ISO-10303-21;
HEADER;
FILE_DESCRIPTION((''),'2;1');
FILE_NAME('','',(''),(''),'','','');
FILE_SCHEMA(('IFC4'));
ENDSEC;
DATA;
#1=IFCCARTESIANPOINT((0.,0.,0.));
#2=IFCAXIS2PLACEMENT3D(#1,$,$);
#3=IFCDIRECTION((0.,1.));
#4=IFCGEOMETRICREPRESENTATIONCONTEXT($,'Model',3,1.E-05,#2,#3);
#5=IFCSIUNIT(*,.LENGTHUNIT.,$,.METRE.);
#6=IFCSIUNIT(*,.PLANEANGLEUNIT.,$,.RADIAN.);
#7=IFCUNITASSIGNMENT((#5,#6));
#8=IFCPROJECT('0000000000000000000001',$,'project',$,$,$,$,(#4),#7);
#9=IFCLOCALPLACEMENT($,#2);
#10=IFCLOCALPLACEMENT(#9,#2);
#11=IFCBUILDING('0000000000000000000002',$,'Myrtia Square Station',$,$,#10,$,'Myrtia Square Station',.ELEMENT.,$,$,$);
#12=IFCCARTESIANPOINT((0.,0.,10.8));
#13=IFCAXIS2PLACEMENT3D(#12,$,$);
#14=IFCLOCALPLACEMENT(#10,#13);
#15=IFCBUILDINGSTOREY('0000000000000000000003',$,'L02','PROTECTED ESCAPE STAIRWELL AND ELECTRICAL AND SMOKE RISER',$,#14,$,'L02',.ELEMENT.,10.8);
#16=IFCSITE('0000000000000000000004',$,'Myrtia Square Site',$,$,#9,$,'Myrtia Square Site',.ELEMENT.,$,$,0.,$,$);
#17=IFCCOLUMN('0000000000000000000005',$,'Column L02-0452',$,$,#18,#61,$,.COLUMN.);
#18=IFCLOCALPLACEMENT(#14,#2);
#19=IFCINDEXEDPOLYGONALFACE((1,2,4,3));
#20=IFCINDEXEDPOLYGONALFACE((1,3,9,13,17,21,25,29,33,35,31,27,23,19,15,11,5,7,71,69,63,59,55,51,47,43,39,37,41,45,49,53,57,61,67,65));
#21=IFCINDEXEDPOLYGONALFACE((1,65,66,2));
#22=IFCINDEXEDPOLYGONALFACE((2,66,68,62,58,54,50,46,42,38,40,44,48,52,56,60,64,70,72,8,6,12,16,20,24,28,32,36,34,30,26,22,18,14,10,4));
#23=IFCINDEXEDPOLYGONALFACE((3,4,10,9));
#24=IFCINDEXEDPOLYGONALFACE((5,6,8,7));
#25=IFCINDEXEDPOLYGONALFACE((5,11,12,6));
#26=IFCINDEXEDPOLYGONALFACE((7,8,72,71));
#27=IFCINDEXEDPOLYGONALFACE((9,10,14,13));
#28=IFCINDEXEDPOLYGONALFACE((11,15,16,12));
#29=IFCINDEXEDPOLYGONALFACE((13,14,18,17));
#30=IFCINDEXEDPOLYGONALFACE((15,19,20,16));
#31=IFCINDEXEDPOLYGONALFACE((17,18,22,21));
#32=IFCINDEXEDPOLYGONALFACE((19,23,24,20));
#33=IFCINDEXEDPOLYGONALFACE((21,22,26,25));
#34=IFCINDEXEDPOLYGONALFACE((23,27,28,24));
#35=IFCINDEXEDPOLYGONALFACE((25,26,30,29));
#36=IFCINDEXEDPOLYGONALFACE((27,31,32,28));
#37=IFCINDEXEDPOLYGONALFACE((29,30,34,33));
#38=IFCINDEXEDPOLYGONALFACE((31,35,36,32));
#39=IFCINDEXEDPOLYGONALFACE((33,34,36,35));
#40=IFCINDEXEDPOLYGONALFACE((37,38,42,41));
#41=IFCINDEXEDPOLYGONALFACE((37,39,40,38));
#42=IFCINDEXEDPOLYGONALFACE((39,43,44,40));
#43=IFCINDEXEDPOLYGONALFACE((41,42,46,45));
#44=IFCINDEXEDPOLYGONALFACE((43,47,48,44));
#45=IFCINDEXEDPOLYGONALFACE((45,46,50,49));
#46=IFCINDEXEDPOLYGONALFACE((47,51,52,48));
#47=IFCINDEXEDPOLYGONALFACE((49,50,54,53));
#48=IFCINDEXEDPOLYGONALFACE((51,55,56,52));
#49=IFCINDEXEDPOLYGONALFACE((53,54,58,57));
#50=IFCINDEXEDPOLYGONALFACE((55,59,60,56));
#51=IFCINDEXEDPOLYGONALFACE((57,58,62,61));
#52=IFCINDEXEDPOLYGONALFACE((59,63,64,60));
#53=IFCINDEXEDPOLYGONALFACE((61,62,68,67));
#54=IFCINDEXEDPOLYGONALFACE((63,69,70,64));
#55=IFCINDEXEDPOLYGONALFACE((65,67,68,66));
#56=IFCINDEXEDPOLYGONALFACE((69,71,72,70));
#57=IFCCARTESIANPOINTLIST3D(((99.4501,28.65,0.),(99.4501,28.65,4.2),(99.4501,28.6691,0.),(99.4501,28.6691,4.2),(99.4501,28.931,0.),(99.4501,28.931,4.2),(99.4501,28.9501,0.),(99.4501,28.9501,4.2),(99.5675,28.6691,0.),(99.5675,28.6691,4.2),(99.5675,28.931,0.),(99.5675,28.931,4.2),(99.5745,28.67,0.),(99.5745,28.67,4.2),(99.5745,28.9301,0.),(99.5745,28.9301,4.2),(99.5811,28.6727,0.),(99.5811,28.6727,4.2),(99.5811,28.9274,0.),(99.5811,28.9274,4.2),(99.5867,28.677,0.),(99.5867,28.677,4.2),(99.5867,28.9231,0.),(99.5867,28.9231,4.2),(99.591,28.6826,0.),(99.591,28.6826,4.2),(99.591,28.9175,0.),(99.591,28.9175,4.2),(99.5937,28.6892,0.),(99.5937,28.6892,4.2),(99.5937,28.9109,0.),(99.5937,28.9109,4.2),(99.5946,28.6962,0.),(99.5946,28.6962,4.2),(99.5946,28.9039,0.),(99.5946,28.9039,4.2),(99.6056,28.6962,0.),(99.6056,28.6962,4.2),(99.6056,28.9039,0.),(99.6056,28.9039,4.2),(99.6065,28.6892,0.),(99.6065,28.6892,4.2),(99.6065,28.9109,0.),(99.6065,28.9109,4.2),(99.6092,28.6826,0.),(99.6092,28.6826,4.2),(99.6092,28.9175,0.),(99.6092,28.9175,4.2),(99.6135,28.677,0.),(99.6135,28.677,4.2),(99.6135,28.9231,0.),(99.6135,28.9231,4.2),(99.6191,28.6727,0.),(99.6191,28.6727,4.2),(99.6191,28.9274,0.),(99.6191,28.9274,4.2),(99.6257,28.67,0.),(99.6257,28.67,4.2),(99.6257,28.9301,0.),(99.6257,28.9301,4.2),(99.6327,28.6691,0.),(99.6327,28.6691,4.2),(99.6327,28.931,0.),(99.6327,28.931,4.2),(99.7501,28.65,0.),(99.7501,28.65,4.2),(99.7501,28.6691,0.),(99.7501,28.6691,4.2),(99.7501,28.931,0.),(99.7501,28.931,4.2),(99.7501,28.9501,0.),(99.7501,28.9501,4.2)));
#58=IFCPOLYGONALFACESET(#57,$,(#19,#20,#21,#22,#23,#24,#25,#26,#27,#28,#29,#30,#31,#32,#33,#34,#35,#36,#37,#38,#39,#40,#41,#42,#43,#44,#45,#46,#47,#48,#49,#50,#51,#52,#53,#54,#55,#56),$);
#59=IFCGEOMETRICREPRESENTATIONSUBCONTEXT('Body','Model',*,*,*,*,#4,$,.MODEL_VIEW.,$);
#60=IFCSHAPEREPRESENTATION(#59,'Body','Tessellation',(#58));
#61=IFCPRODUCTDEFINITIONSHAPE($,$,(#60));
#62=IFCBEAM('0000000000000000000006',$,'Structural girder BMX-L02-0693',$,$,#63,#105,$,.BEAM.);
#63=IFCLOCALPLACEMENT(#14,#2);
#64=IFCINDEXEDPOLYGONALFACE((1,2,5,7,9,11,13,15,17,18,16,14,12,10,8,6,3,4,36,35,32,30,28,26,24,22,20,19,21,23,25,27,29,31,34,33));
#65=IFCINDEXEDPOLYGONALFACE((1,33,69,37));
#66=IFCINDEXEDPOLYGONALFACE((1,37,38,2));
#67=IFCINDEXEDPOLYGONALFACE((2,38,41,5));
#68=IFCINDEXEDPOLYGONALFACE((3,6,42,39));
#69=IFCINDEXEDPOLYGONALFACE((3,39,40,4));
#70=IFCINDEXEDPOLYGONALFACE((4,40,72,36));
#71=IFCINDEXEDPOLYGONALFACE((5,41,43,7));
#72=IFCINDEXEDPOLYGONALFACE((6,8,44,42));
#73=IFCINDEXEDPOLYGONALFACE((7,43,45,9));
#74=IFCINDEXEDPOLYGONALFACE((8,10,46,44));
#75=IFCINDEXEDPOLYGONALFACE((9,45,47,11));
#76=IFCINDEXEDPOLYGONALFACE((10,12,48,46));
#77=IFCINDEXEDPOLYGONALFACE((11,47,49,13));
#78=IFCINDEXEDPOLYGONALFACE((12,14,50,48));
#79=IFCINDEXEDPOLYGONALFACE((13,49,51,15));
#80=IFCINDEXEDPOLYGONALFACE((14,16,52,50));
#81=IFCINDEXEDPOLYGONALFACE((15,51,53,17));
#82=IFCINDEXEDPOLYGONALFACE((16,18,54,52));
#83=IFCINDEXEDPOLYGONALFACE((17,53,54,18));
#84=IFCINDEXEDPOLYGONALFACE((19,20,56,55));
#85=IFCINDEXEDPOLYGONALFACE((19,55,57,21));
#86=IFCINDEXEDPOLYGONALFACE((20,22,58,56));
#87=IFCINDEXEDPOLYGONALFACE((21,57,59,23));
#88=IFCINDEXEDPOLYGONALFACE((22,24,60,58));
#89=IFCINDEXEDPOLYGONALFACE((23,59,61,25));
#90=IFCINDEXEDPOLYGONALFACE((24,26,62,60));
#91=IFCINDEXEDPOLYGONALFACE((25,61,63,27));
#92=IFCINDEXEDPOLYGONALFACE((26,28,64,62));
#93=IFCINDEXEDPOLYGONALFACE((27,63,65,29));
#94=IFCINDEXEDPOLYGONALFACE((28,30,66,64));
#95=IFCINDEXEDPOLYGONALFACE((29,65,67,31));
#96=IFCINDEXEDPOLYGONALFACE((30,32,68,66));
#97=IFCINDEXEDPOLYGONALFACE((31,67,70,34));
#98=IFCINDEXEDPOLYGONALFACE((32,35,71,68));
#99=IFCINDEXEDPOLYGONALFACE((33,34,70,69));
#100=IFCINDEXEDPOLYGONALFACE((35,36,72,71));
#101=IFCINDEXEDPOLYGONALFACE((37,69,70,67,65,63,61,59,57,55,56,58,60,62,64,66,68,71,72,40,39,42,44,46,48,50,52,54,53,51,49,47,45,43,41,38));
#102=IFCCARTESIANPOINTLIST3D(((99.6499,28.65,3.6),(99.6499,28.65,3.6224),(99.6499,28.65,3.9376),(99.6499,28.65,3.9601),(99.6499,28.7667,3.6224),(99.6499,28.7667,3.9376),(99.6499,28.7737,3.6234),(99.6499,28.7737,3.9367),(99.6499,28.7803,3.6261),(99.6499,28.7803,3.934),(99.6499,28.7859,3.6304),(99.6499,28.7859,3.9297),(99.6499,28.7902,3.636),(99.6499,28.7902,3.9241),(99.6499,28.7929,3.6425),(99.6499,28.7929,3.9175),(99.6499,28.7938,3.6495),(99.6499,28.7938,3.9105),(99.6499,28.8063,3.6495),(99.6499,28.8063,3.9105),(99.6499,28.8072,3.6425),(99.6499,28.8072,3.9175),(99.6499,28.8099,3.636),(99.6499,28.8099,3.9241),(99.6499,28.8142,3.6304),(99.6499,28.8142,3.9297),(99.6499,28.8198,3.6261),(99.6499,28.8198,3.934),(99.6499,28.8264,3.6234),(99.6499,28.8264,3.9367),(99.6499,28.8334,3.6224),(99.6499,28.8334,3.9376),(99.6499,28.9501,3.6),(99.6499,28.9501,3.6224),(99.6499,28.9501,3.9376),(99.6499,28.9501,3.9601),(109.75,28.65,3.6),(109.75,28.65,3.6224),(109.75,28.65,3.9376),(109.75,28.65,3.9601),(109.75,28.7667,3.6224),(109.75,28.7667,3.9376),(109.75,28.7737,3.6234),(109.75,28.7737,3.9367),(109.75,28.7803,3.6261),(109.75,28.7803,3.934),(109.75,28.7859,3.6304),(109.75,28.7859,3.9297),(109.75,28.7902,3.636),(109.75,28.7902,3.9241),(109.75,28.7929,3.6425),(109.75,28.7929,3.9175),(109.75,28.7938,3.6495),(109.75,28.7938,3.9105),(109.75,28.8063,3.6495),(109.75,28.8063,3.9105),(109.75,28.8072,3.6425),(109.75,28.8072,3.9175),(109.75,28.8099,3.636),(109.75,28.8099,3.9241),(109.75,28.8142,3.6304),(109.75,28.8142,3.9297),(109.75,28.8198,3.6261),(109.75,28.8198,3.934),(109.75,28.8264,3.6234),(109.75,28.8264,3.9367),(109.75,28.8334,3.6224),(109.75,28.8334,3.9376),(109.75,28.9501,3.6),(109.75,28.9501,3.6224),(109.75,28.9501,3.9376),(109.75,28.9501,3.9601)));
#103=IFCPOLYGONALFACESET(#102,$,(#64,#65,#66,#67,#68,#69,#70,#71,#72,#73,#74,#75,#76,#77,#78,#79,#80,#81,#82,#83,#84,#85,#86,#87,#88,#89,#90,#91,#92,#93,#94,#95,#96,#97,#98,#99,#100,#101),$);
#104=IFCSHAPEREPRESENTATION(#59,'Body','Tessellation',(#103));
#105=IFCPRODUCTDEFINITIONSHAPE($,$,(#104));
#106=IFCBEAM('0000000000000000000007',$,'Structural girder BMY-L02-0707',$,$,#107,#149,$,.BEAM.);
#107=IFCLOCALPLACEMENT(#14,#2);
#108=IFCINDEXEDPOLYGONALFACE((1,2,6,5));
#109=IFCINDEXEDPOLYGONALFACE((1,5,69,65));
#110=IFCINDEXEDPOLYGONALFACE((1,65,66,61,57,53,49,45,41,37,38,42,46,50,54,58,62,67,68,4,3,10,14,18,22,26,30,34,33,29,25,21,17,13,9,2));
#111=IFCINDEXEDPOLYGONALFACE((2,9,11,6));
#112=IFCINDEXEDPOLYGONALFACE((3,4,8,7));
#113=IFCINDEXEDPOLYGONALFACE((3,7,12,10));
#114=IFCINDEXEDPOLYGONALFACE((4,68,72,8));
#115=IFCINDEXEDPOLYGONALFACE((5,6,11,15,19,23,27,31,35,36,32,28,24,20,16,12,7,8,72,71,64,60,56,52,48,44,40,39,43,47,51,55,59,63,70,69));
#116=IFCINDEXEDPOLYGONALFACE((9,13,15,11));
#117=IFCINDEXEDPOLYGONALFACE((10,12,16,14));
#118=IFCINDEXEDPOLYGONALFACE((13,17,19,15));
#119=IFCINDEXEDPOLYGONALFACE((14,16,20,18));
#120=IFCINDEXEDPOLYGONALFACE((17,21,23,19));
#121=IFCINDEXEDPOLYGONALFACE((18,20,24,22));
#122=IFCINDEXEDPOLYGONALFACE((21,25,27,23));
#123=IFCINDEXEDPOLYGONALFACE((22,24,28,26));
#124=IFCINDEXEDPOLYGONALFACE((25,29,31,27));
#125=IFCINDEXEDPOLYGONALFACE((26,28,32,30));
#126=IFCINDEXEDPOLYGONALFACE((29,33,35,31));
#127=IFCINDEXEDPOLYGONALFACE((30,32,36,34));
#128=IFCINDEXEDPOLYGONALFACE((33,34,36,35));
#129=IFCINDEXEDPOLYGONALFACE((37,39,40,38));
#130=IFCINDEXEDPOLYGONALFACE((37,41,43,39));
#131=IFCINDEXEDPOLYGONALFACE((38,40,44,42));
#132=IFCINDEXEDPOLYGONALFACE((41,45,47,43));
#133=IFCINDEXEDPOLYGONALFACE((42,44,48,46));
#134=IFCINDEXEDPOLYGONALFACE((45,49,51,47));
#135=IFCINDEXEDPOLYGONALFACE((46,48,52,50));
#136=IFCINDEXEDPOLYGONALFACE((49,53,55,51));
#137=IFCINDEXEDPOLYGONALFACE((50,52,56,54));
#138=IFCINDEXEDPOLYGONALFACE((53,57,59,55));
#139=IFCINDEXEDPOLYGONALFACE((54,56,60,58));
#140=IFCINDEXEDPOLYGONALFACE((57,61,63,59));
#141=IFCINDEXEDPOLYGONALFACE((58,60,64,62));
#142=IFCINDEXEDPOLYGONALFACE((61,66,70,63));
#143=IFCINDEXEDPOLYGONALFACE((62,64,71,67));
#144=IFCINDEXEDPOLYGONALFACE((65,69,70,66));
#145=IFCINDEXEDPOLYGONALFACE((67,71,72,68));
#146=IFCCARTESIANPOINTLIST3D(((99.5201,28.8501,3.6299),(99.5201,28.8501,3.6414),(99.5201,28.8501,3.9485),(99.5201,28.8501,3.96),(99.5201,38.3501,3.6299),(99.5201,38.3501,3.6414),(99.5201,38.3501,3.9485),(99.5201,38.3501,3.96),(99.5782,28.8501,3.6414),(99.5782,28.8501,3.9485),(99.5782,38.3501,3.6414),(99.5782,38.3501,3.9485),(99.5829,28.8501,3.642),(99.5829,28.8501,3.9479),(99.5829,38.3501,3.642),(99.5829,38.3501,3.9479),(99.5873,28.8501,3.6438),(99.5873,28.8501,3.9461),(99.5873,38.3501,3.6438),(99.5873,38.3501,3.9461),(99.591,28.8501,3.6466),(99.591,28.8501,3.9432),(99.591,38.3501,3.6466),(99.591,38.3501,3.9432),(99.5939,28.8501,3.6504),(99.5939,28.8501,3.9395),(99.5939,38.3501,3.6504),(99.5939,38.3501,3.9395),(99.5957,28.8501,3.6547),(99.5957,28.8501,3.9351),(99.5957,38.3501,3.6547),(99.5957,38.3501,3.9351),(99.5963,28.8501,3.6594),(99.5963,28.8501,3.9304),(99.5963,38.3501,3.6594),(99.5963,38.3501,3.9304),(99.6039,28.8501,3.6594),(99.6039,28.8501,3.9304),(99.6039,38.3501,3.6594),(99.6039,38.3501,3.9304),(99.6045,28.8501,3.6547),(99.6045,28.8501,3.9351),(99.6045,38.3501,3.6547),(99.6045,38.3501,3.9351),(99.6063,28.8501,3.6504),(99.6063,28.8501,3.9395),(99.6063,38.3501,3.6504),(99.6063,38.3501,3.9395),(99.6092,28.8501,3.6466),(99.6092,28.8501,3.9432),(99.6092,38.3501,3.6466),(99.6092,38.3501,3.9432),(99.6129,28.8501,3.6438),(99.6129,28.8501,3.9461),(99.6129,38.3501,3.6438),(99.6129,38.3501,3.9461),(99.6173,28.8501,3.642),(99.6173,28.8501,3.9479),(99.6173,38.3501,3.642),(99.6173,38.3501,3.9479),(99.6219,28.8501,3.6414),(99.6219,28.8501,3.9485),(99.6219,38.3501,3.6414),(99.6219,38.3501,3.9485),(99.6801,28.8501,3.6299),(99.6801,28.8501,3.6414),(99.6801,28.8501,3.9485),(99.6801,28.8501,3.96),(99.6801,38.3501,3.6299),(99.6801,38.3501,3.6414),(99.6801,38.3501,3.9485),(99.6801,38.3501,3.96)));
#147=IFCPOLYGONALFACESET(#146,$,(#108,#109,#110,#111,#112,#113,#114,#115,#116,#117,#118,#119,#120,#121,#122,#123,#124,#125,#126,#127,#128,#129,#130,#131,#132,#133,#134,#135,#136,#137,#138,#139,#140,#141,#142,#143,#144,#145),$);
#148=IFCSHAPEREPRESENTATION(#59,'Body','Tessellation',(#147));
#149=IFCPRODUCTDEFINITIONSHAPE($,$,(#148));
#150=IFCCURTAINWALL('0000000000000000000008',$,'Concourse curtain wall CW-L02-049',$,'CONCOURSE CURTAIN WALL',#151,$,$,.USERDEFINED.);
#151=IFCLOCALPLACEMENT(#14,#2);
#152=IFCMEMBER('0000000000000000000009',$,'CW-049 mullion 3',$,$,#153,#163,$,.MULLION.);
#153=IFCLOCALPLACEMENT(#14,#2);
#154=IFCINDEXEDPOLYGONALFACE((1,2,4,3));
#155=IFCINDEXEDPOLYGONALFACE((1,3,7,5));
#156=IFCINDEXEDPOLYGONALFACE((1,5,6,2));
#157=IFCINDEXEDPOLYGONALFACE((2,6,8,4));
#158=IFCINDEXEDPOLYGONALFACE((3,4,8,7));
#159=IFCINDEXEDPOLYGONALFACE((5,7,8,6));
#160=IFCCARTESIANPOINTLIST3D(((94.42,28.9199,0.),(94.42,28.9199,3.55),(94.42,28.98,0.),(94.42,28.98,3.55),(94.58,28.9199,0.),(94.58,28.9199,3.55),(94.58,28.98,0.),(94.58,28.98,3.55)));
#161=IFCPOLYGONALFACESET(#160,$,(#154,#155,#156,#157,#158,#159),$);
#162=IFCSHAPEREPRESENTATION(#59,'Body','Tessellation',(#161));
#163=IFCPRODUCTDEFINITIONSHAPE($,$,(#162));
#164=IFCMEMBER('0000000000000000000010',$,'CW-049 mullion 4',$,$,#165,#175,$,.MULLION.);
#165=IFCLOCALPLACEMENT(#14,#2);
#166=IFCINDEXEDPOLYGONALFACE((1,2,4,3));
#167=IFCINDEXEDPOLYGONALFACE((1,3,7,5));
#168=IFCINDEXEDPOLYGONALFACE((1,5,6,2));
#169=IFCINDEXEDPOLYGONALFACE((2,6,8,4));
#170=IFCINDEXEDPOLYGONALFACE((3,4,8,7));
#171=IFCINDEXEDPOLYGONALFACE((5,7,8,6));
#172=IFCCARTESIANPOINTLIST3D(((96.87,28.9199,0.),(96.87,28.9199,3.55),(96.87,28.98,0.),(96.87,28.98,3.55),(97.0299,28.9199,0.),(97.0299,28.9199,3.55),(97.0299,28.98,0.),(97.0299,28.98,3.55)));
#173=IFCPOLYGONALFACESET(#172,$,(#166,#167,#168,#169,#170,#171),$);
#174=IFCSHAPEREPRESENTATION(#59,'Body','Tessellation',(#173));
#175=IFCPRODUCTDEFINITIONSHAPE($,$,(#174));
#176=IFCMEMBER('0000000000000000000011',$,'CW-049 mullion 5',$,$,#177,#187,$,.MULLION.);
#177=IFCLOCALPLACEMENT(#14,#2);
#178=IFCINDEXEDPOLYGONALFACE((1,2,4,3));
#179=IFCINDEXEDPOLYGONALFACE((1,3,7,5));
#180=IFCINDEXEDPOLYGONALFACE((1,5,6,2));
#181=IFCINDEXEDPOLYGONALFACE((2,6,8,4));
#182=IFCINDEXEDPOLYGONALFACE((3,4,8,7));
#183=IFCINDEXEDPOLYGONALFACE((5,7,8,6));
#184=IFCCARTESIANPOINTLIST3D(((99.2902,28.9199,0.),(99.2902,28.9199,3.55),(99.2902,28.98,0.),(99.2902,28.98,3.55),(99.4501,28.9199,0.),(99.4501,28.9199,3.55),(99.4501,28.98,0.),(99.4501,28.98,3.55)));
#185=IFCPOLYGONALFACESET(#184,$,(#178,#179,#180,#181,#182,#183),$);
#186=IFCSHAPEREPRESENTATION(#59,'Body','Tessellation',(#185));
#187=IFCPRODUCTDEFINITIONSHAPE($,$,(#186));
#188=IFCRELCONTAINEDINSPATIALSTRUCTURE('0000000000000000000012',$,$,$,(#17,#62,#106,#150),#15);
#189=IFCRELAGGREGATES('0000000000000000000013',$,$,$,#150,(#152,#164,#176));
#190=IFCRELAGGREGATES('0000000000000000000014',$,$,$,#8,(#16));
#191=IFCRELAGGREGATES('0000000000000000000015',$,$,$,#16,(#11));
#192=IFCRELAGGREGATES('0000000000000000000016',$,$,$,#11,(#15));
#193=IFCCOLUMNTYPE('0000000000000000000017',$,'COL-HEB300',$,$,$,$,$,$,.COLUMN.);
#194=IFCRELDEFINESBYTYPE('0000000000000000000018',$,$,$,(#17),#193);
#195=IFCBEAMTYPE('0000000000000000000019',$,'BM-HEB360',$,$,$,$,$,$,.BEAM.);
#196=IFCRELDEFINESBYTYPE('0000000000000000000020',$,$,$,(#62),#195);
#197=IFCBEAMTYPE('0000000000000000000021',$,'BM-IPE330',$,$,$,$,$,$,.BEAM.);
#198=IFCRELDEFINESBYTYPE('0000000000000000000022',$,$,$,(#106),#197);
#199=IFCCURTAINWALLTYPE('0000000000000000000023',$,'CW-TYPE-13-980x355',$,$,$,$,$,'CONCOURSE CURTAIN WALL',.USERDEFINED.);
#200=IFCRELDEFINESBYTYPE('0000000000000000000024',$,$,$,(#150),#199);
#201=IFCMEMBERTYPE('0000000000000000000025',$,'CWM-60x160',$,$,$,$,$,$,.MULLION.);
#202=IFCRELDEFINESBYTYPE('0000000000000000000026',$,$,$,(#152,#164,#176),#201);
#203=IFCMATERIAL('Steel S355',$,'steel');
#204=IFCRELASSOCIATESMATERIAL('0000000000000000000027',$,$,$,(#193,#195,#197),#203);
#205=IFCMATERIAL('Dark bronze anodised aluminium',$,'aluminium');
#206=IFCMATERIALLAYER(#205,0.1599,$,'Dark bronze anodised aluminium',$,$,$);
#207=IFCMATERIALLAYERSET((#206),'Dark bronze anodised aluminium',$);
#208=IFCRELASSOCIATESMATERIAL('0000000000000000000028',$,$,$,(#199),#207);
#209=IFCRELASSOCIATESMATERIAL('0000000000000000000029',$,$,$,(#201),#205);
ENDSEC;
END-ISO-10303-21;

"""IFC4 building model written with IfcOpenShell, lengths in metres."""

from ifc_helpers import new_model, si_unit, direction, frame, origin, origin_2d, place, context, subcontext, project, spatial, rectangle, i_section, extrude, material, layer, layer_set, material_profile, profile_set, type_object, element, aggregate, save


model = new_model("IFC4")

# Units and contexts
model_context = context("Model", 3, precision=1e-05, world=origin(), true_north=direction((0.0, 1.0)))
body_context = subcontext(model_context, "Body", "Model", "MODEL_VIEW")
ifc_project = project(units=[si_unit("LENGTHUNIT", "METRE"), si_unit("PLANEANGLEUNIT", "RADIAN")], contexts=[model_context])

# Site, building, storey
site_placement = place(None, origin())
site = spatial("IfcSite", under=ifc_project, at=site_placement, Name="Myrtia Square Site", LongName="Myrtia Square Site", CompositionType="ELEMENT", RefElevation=0.0)
building_placement = place(site_placement, origin())
building = spatial("IfcBuilding", under=site, at=building_placement, Name="Myrtia Square Station", LongName="Myrtia Square Station", CompositionType="ELEMENT")
storey_placement = place(building_placement, frame((0.0, 0.0, 10.8)))
storey = spatial("IfcBuildingStorey", under=building, at=storey_placement, Name="L02", Description="PROTECTED ESCAPE STAIRWELL AND ELECTRICAL AND SMOKE RISER", LongName="L02", CompositionType="ELEMENT", Elevation=10.8)

# Column
ifc_material_1 = material(Name="Steel S355", Category="steel")
ifc_material_profile_1 = material_profile(ifc_material_1, i_section(OverallWidth=0.3, OverallDepth=0.3, WebThickness=0.011, FlangeThickness=0.019, FilletRadius=0.0271, at=origin_2d()), Name="HEB 300")
ifc_profile_set_1 = profile_set([ifc_material_profile_1], Name="Steel S355")
column_type = type_object("IfcColumnType", Name="COL-HEB300", PredefinedType="COLUMN", material=ifc_profile_set_1)
column_placement = place(storey_placement, frame((99.6001, 28.8, 0.0), z_axis=(0.0, 0.0, 1.0), x_axis=(1.0, 0.0, 0.0)))
element("IfcColumn", 1, at=column_placement, inside=storey, type_object=column_type, Name="Column L02-0452", PredefinedType="COLUMN", context=body_context, shape_type="SweptSolid", body=[
    extrude(i_section(OverallWidth=0.3, OverallDepth=0.3, WebThickness=0.011, FlangeThickness=0.019, FilletRadius=0.0271, at=origin_2d()), origin(), (0.0, 0.0, 1.0), 4.2),
])

# Beams
ifc_material_profile_2 = material_profile(ifc_material_1, i_section(OverallWidth=0.3, OverallDepth=0.3601, WebThickness=0.0125, FlangeThickness=0.0225, FilletRadius=0.0271, at=origin_2d()), Name="HEB 360")
ifc_profile_set_2 = profile_set([ifc_material_profile_2], Name="Steel S355")
beam_type_1 = type_object("IfcBeamType", Name="BM-HEB360", PredefinedType="BEAM", material=ifc_profile_set_2)
beam_1_placement = place(storey_placement, frame((99.6499, 28.8, 3.78), z_axis=(1.0, 0.0, 0.0), x_axis=(0.0, 1.0, 0.0)))
element("IfcBeam", 2, at=beam_1_placement, inside=storey, type_object=beam_type_1, Name="Structural girder BMX-L02-0693", PredefinedType="BEAM", context=body_context, shape_type="SweptSolid", body=[
    extrude(i_section(OverallWidth=0.3, OverallDepth=0.3601, WebThickness=0.0125, FlangeThickness=0.0225, FilletRadius=0.0271, at=origin_2d()), origin(), (0.0, 0.0, 1.0), 10.1001),
])
ifc_material_profile_3 = material_profile(ifc_material_1, i_section(OverallWidth=0.1599, OverallDepth=0.3301, WebThickness=0.0076, FlangeThickness=0.0115, FilletRadius=0.0181, at=origin_2d()), Name="IPE 330")
ifc_profile_set_3 = profile_set([ifc_material_profile_3], Name="Steel S355")
beam_type_2 = type_object("IfcBeamType", Name="BM-IPE330", PredefinedType="BEAM", material=ifc_profile_set_3)
beam_2_placement = place(storey_placement, frame((99.6001, 28.8501, 3.7949), z_axis=(0.0, 1.0, 0.0), x_axis=(-1.0, 0.0, 0.0)))
element("IfcBeam", 3, at=beam_2_placement, inside=storey, type_object=beam_type_2, Name="Structural girder BMY-L02-0707", PredefinedType="BEAM", context=body_context, shape_type="SweptSolid", body=[
    extrude(i_section(OverallWidth=0.1599, OverallDepth=0.3301, WebThickness=0.0076, FlangeThickness=0.0115, FilletRadius=0.0181, at=origin_2d()), origin(), (0.0, 0.0, 1.0), 9.5),
])

# Curtain wall, members
ifc_material_2 = material(Name="Dark bronze anodised aluminium", Category="aluminium")
ifc_layer_1 = layer(ifc_material_2, 0.1599, Name="Dark bronze anodised aluminium")
ifc_layer_set_1 = layer_set([ifc_layer_1], Name="Dark bronze anodised aluminium")
curtain_wall_type_1 = type_object("IfcCurtainWallType", Name="CW-TYPE-13-980x355", ElementType="CONCOURSE CURTAIN WALL", PredefinedType="USERDEFINED", material=ifc_layer_set_1)
curtain_wall_1_placement = place(storey_placement, origin())
curtain_wall_1 = element("IfcCurtainWall", 4, at=curtain_wall_1_placement, inside=storey, type_object=curtain_wall_type_1, Name="Concourse curtain wall CW-L02-049", ObjectType="CONCOURSE CURTAIN WALL", PredefinedType="USERDEFINED")
ifc_material_profile_4 = material_profile(ifc_material_2, rectangle(XDim=0.0601, YDim=0.1599, at=origin_2d()), Name="ALU-M 60x160")
ifc_profile_set_4 = profile_set([ifc_material_profile_4], Name="Dark bronze anodised aluminium")
member_type_1 = type_object("IfcMemberType", Name="CWM-60x160", PredefinedType="MULLION", material=ifc_profile_set_4)
member_1_placement = place(storey_placement, frame((94.5, 28.95, 0.0), z_axis=(0.0, 0.0, 1.0), x_axis=(0.0, 1.0, 0.0)))
member_1 = element("IfcMember", 5, at=member_1_placement, type_object=member_type_1, Name="CW-049 mullion 3", PredefinedType="MULLION", context=body_context, shape_type="SweptSolid", body=[
    extrude(rectangle(XDim=0.0601, YDim=0.1599, at=origin_2d()), origin(), (0.0, 0.0, 1.0), 3.55),
])
member_2_placement = place(storey_placement, frame((96.95, 28.95, 0.0), z_axis=(0.0, 0.0, 1.0), x_axis=(0.0, 1.0, 0.0)))
member_2 = element("IfcMember", 6, at=member_2_placement, type_object=member_type_1, Name="CW-049 mullion 4", PredefinedType="MULLION", context=body_context, shape_type="SweptSolid", body=[
    extrude(rectangle(XDim=0.0601, YDim=0.1599, at=origin_2d()), origin(), (0.0, 0.0, 1.0), 3.55),
])
member_3_placement = place(storey_placement, frame((99.3701, 28.95, 0.0), z_axis=(0.0, 0.0, 1.0), x_axis=(0.0, 1.0, 0.0)))
member_3 = element("IfcMember", 7, at=member_3_placement, type_object=member_type_1, Name="CW-049 mullion 5", PredefinedType="MULLION", context=body_context, shape_type="SweptSolid", body=[
    extrude(rectangle(XDim=0.0601, YDim=0.1599, at=origin_2d()), origin(), (0.0, 0.0, 1.0), 3.55),
])

aggregate(curtain_wall_1, [member_1, member_2, member_3])

save(model, "model.ifc")
